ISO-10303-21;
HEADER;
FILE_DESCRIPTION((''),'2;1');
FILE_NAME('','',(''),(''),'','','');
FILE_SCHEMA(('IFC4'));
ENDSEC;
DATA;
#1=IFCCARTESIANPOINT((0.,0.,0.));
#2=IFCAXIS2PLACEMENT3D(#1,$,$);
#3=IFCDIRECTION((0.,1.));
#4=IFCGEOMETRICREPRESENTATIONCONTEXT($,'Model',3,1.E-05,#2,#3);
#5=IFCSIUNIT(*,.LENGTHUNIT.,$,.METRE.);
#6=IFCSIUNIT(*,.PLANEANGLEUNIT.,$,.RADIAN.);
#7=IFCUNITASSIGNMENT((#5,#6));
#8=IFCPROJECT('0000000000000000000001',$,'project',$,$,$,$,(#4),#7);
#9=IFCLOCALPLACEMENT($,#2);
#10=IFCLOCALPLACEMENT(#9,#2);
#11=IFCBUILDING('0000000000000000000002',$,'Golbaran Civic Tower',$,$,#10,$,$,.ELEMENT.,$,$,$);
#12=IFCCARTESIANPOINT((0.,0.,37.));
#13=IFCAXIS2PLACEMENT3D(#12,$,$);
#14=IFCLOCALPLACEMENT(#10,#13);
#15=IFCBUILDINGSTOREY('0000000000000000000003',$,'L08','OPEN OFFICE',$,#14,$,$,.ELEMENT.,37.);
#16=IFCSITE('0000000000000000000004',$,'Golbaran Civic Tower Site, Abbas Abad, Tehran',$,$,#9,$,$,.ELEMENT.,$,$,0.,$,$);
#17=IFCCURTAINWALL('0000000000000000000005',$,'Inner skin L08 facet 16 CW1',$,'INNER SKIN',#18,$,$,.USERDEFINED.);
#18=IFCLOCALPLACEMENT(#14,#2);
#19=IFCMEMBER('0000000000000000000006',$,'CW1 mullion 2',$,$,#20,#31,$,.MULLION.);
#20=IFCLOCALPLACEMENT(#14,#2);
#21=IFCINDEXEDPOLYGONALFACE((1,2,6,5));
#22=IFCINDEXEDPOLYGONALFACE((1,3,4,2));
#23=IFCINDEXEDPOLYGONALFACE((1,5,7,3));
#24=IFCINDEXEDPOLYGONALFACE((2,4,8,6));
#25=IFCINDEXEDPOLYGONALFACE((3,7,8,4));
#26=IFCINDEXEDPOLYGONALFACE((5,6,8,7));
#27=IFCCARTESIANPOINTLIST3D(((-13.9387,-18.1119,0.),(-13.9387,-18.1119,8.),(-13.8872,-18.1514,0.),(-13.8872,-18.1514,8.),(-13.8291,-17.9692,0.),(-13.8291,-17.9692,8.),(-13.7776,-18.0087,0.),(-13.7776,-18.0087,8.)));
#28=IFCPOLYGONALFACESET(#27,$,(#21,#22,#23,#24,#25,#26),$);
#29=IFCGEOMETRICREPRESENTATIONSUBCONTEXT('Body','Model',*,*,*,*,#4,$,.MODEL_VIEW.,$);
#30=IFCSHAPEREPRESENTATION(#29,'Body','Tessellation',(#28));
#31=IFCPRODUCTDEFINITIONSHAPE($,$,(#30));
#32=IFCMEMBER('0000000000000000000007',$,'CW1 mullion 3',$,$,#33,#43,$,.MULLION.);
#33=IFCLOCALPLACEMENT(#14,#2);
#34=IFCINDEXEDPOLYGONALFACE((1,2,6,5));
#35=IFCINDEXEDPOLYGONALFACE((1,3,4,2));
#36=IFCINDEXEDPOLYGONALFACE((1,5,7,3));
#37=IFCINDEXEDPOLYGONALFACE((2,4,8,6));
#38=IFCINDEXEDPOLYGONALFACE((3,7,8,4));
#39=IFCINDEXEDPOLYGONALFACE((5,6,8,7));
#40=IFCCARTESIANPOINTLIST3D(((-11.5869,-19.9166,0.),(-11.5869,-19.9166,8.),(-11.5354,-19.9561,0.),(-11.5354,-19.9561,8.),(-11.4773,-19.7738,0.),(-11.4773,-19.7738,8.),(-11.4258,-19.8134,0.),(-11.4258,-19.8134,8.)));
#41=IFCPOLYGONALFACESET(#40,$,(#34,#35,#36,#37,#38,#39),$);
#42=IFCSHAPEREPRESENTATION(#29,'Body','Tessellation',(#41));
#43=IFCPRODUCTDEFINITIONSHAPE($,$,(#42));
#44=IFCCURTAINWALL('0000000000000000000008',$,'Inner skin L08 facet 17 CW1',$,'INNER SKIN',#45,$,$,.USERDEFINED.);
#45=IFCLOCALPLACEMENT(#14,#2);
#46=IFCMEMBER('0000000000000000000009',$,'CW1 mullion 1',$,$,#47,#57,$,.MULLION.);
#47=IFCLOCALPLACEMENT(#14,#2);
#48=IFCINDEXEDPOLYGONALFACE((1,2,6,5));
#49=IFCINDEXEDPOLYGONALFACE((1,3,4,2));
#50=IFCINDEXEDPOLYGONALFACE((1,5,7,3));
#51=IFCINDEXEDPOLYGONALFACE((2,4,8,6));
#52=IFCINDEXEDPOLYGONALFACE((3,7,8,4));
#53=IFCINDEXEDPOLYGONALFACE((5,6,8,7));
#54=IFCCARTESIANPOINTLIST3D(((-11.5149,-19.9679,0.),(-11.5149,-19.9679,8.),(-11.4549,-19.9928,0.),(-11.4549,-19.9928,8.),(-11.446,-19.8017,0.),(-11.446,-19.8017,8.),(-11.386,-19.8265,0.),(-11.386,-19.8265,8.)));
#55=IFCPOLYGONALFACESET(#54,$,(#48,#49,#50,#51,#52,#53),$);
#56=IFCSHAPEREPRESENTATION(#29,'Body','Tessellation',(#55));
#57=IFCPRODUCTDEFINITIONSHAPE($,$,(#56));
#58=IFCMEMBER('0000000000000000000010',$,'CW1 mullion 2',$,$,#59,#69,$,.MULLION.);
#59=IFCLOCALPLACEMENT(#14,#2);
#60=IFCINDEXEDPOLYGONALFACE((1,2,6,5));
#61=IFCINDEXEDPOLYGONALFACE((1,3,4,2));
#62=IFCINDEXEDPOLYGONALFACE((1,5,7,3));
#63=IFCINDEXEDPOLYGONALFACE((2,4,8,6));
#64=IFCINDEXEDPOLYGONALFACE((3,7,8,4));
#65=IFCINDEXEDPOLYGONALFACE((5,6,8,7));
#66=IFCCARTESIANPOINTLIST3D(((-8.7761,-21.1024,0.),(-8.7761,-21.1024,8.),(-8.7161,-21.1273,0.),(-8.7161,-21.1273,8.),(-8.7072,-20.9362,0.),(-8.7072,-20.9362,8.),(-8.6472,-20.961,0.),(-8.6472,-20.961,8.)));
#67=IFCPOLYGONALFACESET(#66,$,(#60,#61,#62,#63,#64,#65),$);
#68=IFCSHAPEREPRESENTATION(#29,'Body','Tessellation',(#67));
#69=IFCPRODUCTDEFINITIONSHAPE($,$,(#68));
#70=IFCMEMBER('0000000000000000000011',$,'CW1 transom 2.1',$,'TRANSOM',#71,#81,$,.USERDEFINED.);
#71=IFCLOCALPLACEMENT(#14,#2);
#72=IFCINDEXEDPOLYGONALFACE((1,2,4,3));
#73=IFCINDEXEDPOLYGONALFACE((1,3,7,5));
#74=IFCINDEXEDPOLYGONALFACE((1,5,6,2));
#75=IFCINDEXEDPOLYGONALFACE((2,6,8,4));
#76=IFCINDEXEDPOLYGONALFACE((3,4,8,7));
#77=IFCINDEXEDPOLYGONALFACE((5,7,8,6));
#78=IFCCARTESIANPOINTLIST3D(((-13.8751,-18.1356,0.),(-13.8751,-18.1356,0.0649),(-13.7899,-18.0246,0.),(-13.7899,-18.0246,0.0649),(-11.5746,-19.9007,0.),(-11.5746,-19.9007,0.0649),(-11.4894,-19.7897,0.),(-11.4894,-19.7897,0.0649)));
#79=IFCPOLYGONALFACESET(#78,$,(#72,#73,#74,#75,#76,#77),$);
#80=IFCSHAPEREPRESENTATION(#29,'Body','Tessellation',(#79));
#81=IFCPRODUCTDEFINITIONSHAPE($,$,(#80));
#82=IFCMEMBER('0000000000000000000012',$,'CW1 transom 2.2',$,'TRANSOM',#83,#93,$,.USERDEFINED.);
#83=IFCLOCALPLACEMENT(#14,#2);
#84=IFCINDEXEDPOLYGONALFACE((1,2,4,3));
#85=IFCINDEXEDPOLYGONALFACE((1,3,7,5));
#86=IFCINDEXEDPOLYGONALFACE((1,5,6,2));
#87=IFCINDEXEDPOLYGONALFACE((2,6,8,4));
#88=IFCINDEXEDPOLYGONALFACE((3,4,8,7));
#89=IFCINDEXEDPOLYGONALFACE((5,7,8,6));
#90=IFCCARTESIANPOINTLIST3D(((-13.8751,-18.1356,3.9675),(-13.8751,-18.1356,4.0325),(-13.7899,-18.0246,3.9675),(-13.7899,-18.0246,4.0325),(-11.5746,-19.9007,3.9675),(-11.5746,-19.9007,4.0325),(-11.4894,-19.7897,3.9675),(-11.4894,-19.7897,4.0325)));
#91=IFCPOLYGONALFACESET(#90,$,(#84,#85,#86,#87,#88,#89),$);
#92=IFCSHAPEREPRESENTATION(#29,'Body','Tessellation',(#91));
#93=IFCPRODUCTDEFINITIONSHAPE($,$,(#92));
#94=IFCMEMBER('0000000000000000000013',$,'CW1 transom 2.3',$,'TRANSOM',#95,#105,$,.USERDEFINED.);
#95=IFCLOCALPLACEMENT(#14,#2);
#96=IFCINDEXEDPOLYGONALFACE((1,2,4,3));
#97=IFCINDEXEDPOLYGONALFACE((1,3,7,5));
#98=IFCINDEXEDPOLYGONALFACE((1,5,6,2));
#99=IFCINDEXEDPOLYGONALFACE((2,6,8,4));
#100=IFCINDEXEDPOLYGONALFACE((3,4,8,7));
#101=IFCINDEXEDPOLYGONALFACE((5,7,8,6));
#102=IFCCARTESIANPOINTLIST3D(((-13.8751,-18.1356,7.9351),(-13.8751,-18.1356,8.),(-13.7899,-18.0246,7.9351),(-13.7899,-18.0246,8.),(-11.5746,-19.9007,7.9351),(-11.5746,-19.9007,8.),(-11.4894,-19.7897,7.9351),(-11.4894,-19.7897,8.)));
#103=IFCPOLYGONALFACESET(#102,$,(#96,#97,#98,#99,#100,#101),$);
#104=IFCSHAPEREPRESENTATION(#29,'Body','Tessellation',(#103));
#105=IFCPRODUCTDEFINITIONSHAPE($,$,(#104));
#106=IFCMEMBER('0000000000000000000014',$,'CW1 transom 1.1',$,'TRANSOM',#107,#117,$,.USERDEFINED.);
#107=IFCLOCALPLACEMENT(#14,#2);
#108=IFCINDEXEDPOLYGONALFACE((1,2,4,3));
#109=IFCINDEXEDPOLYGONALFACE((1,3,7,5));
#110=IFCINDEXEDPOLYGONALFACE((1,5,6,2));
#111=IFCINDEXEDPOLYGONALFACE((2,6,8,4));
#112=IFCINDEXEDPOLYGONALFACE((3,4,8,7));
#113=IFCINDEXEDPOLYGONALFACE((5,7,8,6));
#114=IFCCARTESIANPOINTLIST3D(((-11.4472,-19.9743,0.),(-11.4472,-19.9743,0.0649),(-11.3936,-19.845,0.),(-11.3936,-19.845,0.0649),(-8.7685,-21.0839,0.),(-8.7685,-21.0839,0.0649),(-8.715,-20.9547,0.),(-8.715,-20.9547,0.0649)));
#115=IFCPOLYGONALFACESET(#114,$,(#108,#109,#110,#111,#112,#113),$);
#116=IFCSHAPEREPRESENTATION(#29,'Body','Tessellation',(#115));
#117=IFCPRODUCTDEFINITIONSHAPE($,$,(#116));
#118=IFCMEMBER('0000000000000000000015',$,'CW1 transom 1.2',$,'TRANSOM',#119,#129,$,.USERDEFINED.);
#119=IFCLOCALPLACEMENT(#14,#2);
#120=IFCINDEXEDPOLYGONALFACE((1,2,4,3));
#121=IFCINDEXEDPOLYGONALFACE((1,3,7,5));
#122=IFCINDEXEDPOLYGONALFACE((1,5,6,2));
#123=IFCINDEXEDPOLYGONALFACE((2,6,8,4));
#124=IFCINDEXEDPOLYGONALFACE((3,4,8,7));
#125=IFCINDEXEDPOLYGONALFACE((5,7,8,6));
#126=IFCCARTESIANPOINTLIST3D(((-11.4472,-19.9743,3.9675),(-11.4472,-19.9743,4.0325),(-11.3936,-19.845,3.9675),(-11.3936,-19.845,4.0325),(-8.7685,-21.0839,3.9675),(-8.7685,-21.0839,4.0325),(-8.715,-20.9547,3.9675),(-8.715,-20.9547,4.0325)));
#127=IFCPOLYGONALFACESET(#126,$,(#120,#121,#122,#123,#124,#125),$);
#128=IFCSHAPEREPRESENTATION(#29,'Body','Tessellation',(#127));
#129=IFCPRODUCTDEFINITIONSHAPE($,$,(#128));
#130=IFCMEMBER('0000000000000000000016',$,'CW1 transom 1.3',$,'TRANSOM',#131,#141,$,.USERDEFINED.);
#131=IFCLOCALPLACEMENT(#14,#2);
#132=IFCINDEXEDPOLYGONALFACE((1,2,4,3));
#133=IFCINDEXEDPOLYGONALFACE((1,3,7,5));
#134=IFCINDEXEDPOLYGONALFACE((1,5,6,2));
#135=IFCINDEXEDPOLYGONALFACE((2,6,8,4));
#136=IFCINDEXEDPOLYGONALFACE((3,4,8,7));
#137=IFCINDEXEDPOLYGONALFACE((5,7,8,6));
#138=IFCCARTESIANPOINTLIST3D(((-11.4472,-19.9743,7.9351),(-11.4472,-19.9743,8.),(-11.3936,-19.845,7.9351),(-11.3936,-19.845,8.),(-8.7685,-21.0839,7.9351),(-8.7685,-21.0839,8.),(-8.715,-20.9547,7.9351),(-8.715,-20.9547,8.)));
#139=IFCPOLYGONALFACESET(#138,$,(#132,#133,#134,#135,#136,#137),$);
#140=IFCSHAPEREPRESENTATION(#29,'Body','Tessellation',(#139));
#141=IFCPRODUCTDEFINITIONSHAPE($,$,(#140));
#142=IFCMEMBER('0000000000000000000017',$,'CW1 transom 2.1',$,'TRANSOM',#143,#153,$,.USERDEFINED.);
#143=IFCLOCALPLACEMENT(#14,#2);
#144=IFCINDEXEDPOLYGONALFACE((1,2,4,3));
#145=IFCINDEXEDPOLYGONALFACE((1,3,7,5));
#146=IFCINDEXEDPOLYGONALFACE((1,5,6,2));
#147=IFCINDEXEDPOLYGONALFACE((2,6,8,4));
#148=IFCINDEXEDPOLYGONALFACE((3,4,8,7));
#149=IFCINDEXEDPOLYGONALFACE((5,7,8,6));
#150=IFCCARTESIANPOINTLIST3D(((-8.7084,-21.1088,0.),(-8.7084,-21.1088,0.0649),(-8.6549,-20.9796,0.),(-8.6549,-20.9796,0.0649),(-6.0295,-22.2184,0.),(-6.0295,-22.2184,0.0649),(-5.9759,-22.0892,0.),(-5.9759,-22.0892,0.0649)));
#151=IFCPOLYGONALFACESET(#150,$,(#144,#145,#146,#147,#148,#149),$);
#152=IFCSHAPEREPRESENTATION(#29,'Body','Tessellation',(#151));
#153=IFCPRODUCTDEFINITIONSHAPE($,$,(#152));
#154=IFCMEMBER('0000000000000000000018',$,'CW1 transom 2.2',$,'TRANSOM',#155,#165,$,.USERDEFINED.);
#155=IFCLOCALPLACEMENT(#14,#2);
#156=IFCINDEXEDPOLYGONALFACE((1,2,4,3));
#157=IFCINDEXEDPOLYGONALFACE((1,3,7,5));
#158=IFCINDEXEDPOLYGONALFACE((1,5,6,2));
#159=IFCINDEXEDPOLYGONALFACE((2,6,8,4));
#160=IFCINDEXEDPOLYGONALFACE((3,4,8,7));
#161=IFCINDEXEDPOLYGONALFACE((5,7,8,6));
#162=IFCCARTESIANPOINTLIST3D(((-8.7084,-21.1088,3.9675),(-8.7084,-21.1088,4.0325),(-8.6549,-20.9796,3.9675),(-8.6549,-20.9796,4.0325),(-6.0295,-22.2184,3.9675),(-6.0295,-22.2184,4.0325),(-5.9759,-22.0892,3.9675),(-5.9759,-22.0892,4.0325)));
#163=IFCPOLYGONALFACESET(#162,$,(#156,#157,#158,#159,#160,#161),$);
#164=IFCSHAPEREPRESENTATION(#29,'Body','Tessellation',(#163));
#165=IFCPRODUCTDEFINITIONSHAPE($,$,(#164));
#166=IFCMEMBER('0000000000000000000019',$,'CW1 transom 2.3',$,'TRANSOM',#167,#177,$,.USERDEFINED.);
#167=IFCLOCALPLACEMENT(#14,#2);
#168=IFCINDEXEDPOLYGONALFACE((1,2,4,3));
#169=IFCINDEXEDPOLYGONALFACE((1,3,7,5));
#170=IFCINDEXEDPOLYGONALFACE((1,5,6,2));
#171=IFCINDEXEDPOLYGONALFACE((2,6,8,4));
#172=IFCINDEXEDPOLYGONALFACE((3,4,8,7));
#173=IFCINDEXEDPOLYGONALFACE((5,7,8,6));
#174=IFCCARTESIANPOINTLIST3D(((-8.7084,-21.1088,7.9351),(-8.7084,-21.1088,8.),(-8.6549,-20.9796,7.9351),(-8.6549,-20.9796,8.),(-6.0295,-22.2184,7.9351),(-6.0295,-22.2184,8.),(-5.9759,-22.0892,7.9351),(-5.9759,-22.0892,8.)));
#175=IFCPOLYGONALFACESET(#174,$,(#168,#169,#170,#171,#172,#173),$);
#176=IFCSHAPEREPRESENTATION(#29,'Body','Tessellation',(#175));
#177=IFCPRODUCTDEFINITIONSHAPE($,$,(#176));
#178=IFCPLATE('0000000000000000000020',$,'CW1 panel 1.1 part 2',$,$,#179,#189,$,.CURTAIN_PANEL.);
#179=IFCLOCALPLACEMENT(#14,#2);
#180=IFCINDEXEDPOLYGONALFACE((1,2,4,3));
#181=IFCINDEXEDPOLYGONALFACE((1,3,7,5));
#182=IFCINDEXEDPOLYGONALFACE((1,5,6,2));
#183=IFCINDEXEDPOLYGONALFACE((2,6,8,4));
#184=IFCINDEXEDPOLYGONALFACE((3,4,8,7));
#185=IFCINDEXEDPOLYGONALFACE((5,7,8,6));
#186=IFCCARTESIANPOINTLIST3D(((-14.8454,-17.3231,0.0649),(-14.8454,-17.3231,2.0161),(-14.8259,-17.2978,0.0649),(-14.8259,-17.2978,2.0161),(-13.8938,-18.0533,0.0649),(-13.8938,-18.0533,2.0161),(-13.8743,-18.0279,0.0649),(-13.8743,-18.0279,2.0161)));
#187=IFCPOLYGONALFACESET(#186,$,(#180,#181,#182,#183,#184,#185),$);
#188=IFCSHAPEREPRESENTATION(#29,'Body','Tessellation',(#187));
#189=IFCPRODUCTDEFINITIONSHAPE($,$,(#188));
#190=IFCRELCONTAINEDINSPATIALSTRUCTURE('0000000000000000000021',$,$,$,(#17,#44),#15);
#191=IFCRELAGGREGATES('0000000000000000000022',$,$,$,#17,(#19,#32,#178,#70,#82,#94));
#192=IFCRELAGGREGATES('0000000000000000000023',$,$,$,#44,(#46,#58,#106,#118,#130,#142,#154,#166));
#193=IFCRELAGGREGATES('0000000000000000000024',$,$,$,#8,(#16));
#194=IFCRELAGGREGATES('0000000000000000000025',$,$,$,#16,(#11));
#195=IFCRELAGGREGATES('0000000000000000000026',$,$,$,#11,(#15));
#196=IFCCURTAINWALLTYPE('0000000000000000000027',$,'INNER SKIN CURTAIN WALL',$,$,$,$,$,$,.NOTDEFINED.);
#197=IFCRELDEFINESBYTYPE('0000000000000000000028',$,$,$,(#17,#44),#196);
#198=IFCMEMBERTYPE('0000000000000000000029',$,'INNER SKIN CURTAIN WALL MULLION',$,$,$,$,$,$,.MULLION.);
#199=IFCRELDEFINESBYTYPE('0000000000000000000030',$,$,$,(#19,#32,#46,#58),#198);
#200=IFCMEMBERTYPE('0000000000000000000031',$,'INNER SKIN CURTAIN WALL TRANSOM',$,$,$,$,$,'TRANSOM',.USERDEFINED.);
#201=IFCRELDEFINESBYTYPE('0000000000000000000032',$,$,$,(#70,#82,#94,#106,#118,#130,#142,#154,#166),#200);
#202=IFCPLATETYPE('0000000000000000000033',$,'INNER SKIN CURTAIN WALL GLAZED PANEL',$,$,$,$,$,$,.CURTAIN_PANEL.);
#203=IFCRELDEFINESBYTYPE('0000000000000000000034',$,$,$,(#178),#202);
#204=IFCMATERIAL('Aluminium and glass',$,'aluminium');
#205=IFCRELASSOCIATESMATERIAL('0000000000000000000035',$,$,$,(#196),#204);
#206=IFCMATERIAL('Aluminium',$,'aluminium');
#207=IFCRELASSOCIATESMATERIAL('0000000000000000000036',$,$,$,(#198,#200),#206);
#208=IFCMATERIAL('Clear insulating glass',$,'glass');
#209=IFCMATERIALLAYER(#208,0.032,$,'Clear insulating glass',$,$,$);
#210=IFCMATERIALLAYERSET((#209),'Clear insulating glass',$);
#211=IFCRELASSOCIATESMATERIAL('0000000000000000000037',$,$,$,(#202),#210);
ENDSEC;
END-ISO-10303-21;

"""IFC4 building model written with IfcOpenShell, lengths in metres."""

from ifc_helpers import new_model, si_unit, direction, frame, origin, origin_2d, place, context, subcontext, project, spatial, rectangle, extrude, material, layer, layer_set, material_profile, profile_set, type_object, element, aggregate, save


model = new_model("IFC4")

# Units and contexts
model_context = context("Model", 3, precision=1e-05, world=origin(), true_north=direction((0.0, 1.0)))
body_context = subcontext(model_context, "Body", "Model", "MODEL_VIEW")
ifc_project = project(units=[si_unit("LENGTHUNIT", "METRE"), si_unit("PLANEANGLEUNIT", "RADIAN")], contexts=[model_context])

# Site, building, storey
site_placement = place(None, origin())
site = spatial("IfcSite", under=ifc_project, at=site_placement, Name="Golbaran Civic Tower Site, Abbas Abad, Tehran", CompositionType="ELEMENT", RefElevation=0.0)
building_placement = place(site_placement, origin())
building = spatial("IfcBuilding", under=site, at=building_placement, Name="Golbaran Civic Tower", CompositionType="ELEMENT")
storey_placement = place(building_placement, frame((0.0, 0.0, 37.0)))
storey = spatial("IfcBuildingStorey", under=building, at=storey_placement, Name="L08", Description="OPEN OFFICE", CompositionType="ELEMENT", Elevation=37.0)

# Curtain walls, members
ifc_material_1 = material(Name="Aluminium and glass", Category="aluminium")
curtain_wall_type_1 = type_object("IfcCurtainWallType", Name="INNER SKIN CURTAIN WALL", PredefinedType="NOTDEFINED", material=ifc_material_1)
curtain_wall_1_placement = place(storey_placement, origin())
curtain_wall_1 = element("IfcCurtainWall", 1, at=curtain_wall_1_placement, inside=storey, type_object=curtain_wall_type_1, Name="Inner skin L08 facet 16 CW1", ObjectType="INNER SKIN", PredefinedType="USERDEFINED")
ifc_material_2 = material(Name="Aluminium", Category="aluminium")
ifc_material_profile_1 = material_profile(ifc_material_2, rectangle(XDim=0.1799, YDim=0.0649, at=origin_2d()), Name="INNER SKIN CURTAIN WALL MULLION")
ifc_profile_set_1 = profile_set([ifc_material_profile_1], Name="Aluminium")
member_type_1 = type_object("IfcMemberType", Name="INNER SKIN CURTAIN WALL MULLION", PredefinedType="MULLION", material=ifc_profile_set_1)
member_1_placement = place(storey_placement, frame((-13.8582, -18.0603, 0.0), z_axis=(0.0, 0.0, 1.0), x_axis=(0.608761, 0.793353, 0.0)))
member_1 = element("IfcMember", 2, at=member_1_placement, type_object=member_type_1, Name="CW1 mullion 2", PredefinedType="MULLION", context=body_context, shape_type="SweptSolid", body=[
    extrude(rectangle(XDim=0.1799, YDim=0.0649, at=origin_2d()), origin(), (0.0, 0.0, 1.0), 8.0),
])
member_2_placement = place(storey_placement, frame((-11.5063, -19.865, 0.0), z_axis=(0.0, 0.0, 1.0), x_axis=(0.608761, 0.793353, 0.0)))
member_2 = element("IfcMember", 3, at=member_2_placement, type_object=member_type_1, Name="CW1 mullion 3", PredefinedType="MULLION", context=body_context, shape_type="SweptSolid", body=[
    extrude(rectangle(XDim=0.1799, YDim=0.0649, at=origin_2d()), origin(), (0.0, 0.0, 1.0), 8.0),
])
curtain_wall_2_placement = place(storey_placement, origin())
curtain_wall_2 = element("IfcCurtainWall", 4, at=curtain_wall_2_placement, inside=storey, type_object=curtain_wall_type_1, Name="Inner skin L08 facet 17 CW1", ObjectType="INNER SKIN", PredefinedType="USERDEFINED")
member_3_placement = place(storey_placement, frame((-11.4504, -19.8972, 0.0), z_axis=(0.0, 0.0, 1.0), x_axis=(0.382683, 0.92388, 0.0)))
member_3 = element("IfcMember", 5, at=member_3_placement, type_object=member_type_1, Name="CW1 mullion 1", PredefinedType="MULLION", context=body_context, shape_type="SweptSolid", body=[
    extrude(rectangle(XDim=0.1799, YDim=0.0649, at=origin_2d()), origin(), (0.0, 0.0, 1.0), 8.0),
])
member_4_placement = place(storey_placement, frame((-8.7117, -21.0317, 0.0), z_axis=(0.0, 0.0, 1.0), x_axis=(0.382683, 0.92388, 0.0)))
member_4 = element("IfcMember", 6, at=member_4_placement, type_object=member_type_1, Name="CW1 mullion 2", PredefinedType="MULLION", context=body_context, shape_type="SweptSolid", body=[
    extrude(rectangle(XDim=0.1799, YDim=0.0649, at=origin_2d()), origin(), (0.0, 0.0, 1.0), 8.0),
])

# Members
ifc_material_profile_2 = material_profile(ifc_material_2, rectangle(XDim=0.1399, YDim=0.0649, at=origin_2d()), Name="INNER SKIN CURTAIN WALL TRANSOM")
ifc_profile_set_2 = profile_set([ifc_material_profile_2], Name="Aluminium")
member_type_2 = type_object("IfcMemberType", Name="INNER SKIN CURTAIN WALL TRANSOM", ElementType="TRANSOM", PredefinedType="USERDEFINED", material=ifc_profile_set_2)
member_5_placement = place(storey_placement, frame((-13.8325, -18.0801, 0.0325), z_axis=(0.793375, -0.608734, 0.0), x_axis=(0.608734, 0.793375, 0.0)))
member_5 = element("IfcMember", 7, at=member_5_placement, type_object=member_type_2, Name="CW1 transom 2.1", ObjectType="TRANSOM", PredefinedType="USERDEFINED", context=body_context, shape_type="SweptSolid", body=[
    extrude(rectangle(XDim=0.1399, YDim=0.0649, at=origin_2d()), origin(), (0.0, 0.0, 1.0), 2.8997),
])
member_6_placement = place(storey_placement, frame((-13.8325, -18.0801, 4.0), z_axis=(0.793375, -0.608734, 0.0), x_axis=(0.608734, 0.793375, 0.0)))
member_6 = element("IfcMember", 8, at=member_6_placement, type_object=member_type_2, Name="CW1 transom 2.2", ObjectType="TRANSOM", PredefinedType="USERDEFINED", context=body_context, shape_type="SweptSolid", body=[
    extrude(rectangle(XDim=0.1399, YDim=0.0649, at=origin_2d()), origin(), (0.0, 0.0, 1.0), 2.8997),
])
member_7_placement = place(storey_placement, frame((-13.8325, -18.0801, 7.9675), z_axis=(0.793375, -0.608734, 0.0), x_axis=(0.608734, 0.793375, 0.0)))
member_7 = element("IfcMember", 9, at=member_7_placement, type_object=member_type_2, Name="CW1 transom 2.3", ObjectType="TRANSOM", PredefinedType="USERDEFINED", context=body_context, shape_type="SweptSolid", body=[
    extrude(rectangle(XDim=0.1399, YDim=0.0649, at=origin_2d()), origin(), (0.0, 0.0, 1.0), 2.8997),
])
member_8_placement = place(storey_placement, frame((-11.4204, -19.9097, 0.0325), z_axis=(0.923872, -0.382701, 0.0), x_axis=(0.382701, 0.923872, 0.0)))
member_8 = element("IfcMember", 10, at=member_8_placement, type_object=member_type_2, Name="CW1 transom 1.1", ObjectType="TRANSOM", PredefinedType="USERDEFINED", context=body_context, shape_type="SweptSolid", body=[
    extrude(rectangle(XDim=0.1399, YDim=0.0649, at=origin_2d()), origin(), (0.0, 0.0, 1.0), 2.8994),
])
member_9_placement = place(storey_placement, frame((-11.4204, -19.9097, 4.0), z_axis=(0.923872, -0.382701, 0.0), x_axis=(0.382701, 0.923872, 0.0)))
member_9 = element("IfcMember", 11, at=member_9_placement, type_object=member_type_2, Name="CW1 transom 1.2", ObjectType="TRANSOM", PredefinedType="USERDEFINED", context=body_context, shape_type="SweptSolid", body=[
    extrude(rectangle(XDim=0.1399, YDim=0.0649, at=origin_2d()), origin(), (0.0, 0.0, 1.0), 2.8994),
])
member_10_placement = place(storey_placement, frame((-11.4204, -19.9097, 7.9675), z_axis=(0.923872, -0.382701, 0.0), x_axis=(0.382701, 0.923872, 0.0)))
member_10 = element("IfcMember", 12, at=member_10_placement, type_object=member_type_2, Name="CW1 transom 1.3", ObjectType="TRANSOM", PredefinedType="USERDEFINED", context=body_context, shape_type="SweptSolid", body=[
    extrude(rectangle(XDim=0.1399, YDim=0.0649, at=origin_2d()), origin(), (0.0, 0.0, 1.0), 2.8994),
])
member_11_placement = place(storey_placement, frame((-8.6816, -21.0442, 0.0325), z_axis=(0.923884, -0.382672, 0.0), x_axis=(0.382672, 0.923884, 0.0)))
member_11 = element("IfcMember", 13, at=member_11_placement, type_object=member_type_2, Name="CW1 transom 2.1", ObjectType="TRANSOM", PredefinedType="USERDEFINED", context=body_context, shape_type="SweptSolid", body=[
    extrude(rectangle(XDim=0.1399, YDim=0.0649, at=origin_2d()), origin(), (0.0, 0.0, 1.0), 2.8997),
])
member_12_placement = place(storey_placement, frame((-8.6816, -21.0442, 4.0), z_axis=(0.923884, -0.382672, 0.0), x_axis=(0.382672, 0.923884, 0.0)))
member_12 = element("IfcMember", 14, at=member_12_placement, type_object=member_type_2, Name="CW1 transom 2.2", ObjectType="TRANSOM", PredefinedType="USERDEFINED", context=body_context, shape_type="SweptSolid", body=[
    extrude(rectangle(XDim=0.1399, YDim=0.0649, at=origin_2d()), origin(), (0.0, 0.0, 1.0), 2.8997),
])
member_13_placement = place(storey_placement, frame((-8.6816, -21.0442, 7.9675), z_axis=(0.923884, -0.382672, 0.0), x_axis=(0.382672, 0.923884, 0.0)))
member_13 = element("IfcMember", 15, at=member_13_placement, type_object=member_type_2, Name="CW1 transom 2.3", ObjectType="TRANSOM", PredefinedType="USERDEFINED", context=body_context, shape_type="SweptSolid", body=[
    extrude(rectangle(XDim=0.1399, YDim=0.0649, at=origin_2d()), origin(), (0.0, 0.0, 1.0), 2.8997),
])

# Plate
ifc_material_3 = material(Name="Clear insulating glass", Category="glass")
ifc_layer_1 = layer(ifc_material_3, 0.032, Name="Clear insulating glass")
ifc_layer_set_1 = layer_set([ifc_layer_1], Name="Clear insulating glass")
plate_type_1 = type_object("IfcPlateType", Name="INNER SKIN CURTAIN WALL GLAZED PANEL", PredefinedType="CURTAIN_PANEL", material=ifc_layer_set_1)
plate_1_placement = place(storey_placement, frame((-14.3599, -17.6755, 0.0649), z_axis=(0.0, 0.0, 1.0), x_axis=(0.793353, -0.608761, 0.0)))
plate_1 = element("IfcPlate", 16, at=plate_1_placement, type_object=plate_type_1, Name="CW1 panel 1.1 part 2", PredefinedType="CURTAIN_PANEL", context=body_context, shape_type="SweptSolid", body=[
    extrude(rectangle(XDim=1.1995, YDim=0.032, at=origin_2d()), origin(), (0.0, 0.0, 1.0), 1.9512),
])
aggregate(curtain_wall_1, [member_1, member_2, plate_1, member_5, member_6, member_7])
aggregate(curtain_wall_2, [member_3, member_4, member_8, member_9, member_10, member_11, member_12, member_13])

save(model, "model.ifc")
